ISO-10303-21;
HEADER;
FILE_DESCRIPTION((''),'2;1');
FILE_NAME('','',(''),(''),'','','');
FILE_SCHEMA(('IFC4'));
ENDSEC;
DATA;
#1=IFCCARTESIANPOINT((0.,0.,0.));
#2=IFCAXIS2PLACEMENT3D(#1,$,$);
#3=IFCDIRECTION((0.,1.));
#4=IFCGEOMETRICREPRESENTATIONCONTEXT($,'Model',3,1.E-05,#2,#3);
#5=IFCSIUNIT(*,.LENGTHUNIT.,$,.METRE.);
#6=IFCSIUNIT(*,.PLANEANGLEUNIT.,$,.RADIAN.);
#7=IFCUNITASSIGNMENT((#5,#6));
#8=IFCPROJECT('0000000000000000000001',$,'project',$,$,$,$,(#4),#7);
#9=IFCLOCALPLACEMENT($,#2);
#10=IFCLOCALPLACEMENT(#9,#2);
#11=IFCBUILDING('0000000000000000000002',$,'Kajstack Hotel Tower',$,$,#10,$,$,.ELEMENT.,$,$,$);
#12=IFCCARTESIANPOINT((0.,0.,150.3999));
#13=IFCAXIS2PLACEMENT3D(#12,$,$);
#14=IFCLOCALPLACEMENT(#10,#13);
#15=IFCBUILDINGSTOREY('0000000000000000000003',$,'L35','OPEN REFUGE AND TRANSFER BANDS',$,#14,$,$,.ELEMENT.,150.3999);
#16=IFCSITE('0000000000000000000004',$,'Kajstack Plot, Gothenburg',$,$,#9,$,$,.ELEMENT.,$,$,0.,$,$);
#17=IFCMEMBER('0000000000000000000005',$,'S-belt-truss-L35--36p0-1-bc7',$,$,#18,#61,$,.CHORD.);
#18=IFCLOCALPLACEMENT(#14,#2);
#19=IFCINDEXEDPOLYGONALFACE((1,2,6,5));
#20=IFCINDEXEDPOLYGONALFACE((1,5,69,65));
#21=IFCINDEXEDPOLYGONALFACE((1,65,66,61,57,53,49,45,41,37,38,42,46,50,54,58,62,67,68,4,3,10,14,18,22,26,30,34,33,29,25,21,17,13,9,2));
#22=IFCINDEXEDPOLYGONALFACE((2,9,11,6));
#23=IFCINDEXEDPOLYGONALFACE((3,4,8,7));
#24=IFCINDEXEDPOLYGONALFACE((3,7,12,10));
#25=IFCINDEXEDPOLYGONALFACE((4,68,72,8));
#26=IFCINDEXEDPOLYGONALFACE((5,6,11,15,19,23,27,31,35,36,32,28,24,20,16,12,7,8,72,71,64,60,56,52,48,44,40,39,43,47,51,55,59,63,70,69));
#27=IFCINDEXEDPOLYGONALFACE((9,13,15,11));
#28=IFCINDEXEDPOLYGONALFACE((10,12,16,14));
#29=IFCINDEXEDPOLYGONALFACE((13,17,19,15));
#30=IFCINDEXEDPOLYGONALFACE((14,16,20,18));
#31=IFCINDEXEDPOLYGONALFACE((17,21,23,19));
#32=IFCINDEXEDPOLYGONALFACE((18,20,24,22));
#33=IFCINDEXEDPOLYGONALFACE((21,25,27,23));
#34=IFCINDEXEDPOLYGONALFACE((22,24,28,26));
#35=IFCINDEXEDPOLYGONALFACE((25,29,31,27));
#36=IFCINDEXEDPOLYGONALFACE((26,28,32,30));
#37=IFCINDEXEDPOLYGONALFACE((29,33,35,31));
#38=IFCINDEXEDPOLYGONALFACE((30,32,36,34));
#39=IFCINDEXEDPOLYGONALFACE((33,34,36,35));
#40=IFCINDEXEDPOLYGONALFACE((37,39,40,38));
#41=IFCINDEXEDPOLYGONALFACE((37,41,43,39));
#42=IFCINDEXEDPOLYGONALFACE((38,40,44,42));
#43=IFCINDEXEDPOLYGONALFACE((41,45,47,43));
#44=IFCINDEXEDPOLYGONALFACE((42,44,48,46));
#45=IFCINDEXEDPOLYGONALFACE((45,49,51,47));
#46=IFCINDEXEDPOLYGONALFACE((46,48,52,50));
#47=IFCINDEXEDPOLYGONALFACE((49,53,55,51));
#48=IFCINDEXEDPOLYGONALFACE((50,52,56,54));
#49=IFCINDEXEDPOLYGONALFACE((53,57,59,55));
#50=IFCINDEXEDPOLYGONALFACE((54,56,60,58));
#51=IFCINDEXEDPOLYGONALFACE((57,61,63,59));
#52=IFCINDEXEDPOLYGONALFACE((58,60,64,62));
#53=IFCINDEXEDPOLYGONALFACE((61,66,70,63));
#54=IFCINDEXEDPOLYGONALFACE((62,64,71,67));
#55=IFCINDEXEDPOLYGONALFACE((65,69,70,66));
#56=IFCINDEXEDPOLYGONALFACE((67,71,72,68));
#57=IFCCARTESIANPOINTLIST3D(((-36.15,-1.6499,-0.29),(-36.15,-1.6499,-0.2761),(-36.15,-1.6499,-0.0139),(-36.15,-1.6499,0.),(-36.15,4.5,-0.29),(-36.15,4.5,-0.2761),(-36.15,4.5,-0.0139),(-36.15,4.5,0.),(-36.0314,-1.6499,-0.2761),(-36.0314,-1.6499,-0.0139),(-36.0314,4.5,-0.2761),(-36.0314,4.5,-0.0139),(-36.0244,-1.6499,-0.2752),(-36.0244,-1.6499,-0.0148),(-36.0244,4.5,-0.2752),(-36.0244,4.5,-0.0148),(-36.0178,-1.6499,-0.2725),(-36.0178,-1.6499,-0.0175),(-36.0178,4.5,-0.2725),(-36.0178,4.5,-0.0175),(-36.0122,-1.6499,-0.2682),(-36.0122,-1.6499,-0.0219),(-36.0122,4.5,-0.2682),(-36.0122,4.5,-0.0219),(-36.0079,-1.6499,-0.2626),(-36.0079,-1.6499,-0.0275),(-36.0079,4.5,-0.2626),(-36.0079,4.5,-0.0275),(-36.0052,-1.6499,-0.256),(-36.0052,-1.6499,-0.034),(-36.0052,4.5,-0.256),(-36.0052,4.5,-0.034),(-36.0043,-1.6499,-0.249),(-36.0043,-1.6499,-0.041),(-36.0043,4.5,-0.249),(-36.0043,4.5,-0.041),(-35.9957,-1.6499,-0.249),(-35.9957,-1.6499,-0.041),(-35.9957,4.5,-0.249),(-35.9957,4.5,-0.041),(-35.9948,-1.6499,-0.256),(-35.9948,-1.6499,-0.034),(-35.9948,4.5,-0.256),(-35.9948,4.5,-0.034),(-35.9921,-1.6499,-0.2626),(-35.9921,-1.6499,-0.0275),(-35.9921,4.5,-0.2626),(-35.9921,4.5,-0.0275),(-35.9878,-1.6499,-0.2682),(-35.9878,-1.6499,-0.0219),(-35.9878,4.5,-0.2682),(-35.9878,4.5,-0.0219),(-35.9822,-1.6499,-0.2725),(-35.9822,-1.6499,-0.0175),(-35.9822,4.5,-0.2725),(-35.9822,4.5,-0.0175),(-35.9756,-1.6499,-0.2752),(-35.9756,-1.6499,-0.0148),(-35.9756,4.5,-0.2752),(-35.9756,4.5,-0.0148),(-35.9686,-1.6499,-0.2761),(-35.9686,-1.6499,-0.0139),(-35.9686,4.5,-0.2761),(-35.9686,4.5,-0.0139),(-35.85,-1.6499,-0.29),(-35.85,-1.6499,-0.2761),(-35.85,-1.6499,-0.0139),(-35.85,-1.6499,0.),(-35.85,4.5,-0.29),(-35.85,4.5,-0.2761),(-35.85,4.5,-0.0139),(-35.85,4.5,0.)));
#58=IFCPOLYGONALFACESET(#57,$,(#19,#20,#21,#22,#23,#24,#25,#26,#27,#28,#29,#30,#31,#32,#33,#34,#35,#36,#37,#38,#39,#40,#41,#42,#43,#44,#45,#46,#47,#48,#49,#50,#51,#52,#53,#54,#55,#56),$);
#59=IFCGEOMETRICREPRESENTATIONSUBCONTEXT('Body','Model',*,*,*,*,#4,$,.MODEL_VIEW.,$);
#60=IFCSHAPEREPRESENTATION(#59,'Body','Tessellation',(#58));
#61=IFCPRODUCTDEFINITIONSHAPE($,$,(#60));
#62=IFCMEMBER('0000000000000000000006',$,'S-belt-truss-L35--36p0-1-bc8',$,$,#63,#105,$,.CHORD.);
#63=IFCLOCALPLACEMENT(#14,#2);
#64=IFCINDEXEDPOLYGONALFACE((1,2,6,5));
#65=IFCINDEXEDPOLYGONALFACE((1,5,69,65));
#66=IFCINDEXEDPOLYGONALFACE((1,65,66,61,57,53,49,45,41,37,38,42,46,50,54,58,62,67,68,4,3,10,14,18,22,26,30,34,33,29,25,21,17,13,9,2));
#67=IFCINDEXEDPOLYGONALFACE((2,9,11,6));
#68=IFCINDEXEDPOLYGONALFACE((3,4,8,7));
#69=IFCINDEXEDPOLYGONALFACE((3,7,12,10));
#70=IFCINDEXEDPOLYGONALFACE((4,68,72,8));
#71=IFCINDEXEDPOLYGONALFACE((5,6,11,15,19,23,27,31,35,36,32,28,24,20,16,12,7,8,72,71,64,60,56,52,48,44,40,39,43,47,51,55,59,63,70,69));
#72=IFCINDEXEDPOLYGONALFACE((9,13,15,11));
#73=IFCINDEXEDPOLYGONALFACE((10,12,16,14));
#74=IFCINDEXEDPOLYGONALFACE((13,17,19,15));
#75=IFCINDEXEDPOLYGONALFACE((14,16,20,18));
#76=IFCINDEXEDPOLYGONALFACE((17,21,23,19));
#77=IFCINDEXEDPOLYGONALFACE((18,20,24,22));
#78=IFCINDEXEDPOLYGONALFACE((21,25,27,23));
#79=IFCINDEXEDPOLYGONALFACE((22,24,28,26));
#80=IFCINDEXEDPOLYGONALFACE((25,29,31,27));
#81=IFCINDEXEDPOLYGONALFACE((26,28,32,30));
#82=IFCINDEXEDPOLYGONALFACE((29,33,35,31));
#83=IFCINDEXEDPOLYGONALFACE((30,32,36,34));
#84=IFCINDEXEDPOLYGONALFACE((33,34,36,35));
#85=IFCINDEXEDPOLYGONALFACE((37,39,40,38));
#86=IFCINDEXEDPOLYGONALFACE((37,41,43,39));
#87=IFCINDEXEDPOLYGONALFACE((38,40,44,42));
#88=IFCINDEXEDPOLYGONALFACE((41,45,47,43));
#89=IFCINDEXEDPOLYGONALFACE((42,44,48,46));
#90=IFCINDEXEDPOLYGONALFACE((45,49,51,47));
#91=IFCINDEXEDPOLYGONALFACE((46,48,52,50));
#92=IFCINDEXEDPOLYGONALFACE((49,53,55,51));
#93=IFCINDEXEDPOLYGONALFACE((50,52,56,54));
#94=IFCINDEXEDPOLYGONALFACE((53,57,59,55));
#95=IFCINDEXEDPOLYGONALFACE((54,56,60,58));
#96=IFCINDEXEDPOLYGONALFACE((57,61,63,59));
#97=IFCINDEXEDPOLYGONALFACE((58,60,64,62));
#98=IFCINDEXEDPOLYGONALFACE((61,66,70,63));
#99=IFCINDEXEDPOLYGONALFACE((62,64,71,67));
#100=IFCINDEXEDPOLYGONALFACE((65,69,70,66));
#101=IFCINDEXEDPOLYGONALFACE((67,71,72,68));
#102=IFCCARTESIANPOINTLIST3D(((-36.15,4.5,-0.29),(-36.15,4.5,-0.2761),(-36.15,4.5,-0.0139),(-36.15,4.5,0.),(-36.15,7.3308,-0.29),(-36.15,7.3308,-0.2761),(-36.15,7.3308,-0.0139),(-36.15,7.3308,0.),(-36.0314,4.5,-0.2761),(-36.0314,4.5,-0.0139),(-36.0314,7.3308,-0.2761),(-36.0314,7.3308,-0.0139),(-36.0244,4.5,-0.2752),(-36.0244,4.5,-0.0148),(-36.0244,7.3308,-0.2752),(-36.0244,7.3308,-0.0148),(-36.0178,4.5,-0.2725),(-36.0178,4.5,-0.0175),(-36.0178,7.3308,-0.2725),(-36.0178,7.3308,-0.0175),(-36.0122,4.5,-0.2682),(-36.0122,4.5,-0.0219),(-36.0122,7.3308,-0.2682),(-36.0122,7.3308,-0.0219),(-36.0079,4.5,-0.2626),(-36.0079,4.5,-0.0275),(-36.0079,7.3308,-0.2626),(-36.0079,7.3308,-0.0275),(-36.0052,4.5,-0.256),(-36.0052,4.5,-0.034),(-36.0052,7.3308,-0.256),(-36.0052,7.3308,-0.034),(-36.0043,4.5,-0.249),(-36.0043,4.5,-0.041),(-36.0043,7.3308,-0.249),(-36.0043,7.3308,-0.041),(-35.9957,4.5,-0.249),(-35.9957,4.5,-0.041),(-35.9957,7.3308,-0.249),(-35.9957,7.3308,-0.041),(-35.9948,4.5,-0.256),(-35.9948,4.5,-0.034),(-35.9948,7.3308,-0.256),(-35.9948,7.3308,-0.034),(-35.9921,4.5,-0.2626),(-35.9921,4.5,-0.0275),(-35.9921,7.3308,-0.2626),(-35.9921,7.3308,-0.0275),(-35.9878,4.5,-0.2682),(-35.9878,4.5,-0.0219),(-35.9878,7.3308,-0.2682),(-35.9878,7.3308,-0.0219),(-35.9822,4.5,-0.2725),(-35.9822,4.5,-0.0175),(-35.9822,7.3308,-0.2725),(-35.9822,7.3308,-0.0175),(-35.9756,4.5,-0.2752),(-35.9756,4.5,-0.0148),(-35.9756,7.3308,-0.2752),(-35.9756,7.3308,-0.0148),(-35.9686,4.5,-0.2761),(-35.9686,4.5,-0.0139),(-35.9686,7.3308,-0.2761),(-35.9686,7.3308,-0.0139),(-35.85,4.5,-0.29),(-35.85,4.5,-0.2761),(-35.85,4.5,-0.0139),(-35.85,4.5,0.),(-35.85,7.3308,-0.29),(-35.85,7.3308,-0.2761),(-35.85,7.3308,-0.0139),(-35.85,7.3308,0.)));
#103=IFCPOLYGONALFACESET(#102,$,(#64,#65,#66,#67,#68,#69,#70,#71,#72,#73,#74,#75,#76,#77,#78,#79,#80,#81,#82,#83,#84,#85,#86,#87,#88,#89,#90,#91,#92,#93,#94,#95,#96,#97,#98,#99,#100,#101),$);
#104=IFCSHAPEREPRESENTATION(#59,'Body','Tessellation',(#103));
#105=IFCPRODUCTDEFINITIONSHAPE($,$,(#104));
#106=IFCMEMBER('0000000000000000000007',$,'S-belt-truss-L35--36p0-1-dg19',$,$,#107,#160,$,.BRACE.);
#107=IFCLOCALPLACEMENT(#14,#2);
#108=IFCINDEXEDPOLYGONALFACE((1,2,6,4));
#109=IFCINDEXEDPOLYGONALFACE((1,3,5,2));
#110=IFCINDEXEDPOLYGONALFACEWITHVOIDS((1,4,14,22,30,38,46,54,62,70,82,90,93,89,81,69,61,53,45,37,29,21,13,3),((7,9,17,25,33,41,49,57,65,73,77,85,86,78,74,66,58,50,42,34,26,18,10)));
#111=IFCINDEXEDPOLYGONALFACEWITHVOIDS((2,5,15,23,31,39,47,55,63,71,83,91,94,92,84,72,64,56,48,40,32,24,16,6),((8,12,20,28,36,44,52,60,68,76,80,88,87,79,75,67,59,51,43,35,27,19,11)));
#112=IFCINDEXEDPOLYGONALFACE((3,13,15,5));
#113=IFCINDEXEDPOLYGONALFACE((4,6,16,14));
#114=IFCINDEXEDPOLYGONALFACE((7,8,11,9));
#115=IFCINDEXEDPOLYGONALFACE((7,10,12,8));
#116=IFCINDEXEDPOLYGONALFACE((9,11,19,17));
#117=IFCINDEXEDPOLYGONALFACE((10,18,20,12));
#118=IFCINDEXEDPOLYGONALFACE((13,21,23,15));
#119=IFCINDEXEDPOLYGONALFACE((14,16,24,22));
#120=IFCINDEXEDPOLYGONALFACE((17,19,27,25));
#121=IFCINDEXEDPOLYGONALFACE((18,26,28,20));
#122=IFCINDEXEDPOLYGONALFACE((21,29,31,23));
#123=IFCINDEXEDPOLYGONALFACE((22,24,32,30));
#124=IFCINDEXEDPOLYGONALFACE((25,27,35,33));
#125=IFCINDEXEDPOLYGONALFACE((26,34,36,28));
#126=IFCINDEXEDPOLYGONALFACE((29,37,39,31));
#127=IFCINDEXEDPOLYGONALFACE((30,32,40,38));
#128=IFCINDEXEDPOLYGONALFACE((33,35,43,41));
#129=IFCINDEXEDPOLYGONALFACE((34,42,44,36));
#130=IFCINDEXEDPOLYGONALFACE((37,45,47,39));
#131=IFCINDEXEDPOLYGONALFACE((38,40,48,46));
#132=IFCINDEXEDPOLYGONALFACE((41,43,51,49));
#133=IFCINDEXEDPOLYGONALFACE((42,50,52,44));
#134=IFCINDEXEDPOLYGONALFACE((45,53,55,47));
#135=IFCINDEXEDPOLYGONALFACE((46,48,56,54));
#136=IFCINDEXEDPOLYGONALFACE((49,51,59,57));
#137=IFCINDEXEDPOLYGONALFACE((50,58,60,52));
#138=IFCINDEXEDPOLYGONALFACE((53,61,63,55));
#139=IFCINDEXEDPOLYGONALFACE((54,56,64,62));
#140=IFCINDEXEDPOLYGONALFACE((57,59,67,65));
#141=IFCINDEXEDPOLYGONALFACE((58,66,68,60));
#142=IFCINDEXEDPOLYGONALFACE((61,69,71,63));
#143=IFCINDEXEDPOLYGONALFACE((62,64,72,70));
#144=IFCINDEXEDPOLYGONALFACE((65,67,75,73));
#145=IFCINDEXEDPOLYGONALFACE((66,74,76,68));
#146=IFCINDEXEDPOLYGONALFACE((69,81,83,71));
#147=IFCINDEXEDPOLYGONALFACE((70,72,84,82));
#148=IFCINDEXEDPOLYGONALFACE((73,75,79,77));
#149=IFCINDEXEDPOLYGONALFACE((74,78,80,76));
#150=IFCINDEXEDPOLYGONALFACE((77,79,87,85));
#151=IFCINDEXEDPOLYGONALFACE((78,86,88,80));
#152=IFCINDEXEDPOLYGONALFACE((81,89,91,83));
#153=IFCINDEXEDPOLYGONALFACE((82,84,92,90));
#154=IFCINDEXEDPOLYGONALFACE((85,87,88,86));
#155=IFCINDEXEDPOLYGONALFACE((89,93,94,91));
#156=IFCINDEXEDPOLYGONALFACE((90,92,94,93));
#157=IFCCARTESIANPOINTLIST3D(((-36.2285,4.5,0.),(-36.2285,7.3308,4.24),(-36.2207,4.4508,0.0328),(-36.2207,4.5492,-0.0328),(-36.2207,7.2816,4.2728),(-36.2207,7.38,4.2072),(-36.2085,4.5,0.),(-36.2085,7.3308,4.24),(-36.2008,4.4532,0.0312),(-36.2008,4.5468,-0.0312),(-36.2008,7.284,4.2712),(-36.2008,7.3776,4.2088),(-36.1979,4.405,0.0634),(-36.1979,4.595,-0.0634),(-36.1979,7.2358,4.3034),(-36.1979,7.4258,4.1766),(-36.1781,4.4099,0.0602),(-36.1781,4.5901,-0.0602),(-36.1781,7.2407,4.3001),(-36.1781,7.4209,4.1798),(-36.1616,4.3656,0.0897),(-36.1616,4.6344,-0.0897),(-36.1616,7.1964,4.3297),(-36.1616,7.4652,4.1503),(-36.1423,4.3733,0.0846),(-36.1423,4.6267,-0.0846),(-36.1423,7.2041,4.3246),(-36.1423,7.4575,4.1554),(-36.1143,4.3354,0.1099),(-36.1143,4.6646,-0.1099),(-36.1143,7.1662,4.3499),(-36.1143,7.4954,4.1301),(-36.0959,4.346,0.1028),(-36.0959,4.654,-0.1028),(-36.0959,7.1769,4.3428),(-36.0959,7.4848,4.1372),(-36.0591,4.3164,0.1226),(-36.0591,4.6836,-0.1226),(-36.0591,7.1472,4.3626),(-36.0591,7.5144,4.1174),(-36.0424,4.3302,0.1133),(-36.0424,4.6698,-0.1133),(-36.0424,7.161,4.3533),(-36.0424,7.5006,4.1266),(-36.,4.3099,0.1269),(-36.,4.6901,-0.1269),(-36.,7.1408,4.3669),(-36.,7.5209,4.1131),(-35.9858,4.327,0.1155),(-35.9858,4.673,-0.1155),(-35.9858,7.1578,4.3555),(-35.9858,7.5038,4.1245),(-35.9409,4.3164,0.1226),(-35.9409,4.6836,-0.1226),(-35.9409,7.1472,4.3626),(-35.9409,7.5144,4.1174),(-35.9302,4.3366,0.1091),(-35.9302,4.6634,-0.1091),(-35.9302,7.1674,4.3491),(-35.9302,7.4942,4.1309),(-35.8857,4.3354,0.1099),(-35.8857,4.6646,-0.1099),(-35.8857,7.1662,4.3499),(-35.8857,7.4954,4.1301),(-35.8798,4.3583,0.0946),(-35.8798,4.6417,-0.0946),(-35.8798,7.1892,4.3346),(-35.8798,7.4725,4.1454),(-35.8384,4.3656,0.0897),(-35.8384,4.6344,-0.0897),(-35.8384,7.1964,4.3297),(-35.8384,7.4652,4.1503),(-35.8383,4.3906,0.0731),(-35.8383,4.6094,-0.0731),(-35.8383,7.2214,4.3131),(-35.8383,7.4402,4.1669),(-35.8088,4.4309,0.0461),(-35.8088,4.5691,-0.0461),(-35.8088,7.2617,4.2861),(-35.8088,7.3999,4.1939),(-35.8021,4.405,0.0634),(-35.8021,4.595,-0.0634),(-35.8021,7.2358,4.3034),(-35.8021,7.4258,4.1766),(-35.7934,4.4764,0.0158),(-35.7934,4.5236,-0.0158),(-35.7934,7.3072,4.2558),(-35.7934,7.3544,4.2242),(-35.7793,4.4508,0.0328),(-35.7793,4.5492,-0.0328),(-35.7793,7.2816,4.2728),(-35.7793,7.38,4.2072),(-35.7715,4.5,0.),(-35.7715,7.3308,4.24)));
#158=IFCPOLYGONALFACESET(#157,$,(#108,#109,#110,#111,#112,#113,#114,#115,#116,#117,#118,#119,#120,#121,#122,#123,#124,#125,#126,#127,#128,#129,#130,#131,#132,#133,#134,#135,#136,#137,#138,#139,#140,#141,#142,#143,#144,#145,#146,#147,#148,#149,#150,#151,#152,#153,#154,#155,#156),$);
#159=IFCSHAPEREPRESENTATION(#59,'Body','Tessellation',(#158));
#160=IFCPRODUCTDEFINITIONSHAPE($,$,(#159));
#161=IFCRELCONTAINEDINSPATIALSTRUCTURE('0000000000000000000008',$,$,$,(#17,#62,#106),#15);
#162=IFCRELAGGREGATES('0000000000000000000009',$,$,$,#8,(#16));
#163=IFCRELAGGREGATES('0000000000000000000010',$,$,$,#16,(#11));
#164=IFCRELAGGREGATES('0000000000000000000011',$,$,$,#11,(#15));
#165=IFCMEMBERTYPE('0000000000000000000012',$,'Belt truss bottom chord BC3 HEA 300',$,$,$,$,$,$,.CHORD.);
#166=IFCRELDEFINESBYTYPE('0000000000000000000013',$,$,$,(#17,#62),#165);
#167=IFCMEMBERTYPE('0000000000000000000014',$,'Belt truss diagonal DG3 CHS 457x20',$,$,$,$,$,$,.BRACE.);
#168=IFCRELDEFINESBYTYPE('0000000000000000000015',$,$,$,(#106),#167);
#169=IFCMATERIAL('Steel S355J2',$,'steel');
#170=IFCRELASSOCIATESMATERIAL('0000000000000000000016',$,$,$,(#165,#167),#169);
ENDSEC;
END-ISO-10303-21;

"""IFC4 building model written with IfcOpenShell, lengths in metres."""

from ifc_helpers import new_model, si_unit, direction, frame, origin, origin_2d, place, context, subcontext, project, spatial, hollow_circle, i_section, extrude, material, material_profile, profile_set, type_object, element, save


model = new_model("IFC4")

# Units and contexts
model_context = context("Model", 3, precision=1e-05, world=origin(), true_north=direction((0.0, 1.0)))
body_context = subcontext(model_context, "Body", "Model", "MODEL_VIEW")
ifc_project = project(units=[si_unit("LENGTHUNIT", "METRE"), si_unit("PLANEANGLEUNIT", "RADIAN")], contexts=[model_context])

# Site, building, storey
site_placement = place(None, origin())
site = spatial("IfcSite", under=ifc_project, at=site_placement, Name="Kajstack Plot, Gothenburg", CompositionType="ELEMENT", RefElevation=0.0)
building_placement = place(site_placement, origin())
building = spatial("IfcBuilding", under=site, at=building_placement, Name="Kajstack Hotel Tower", CompositionType="ELEMENT")
storey_placement = place(building_placement, frame((0.0, 0.0, 150.3999)))
storey = spatial("IfcBuildingStorey", under=building, at=storey_placement, Name="L35", Description="OPEN REFUGE AND TRANSFER BANDS", CompositionType="ELEMENT", Elevation=150.3999)

# Members
ifc_material_1 = material(Name="Steel S355J2", Category="steel")
ifc_material_profile_1 = material_profile(ifc_material_1, i_section(OverallWidth=0.3, OverallDepth=0.29, WebThickness=0.0085, FlangeThickness=0.0139, FilletRadius=0.0271, at=origin_2d()), Name="HEA 300")
ifc_profile_set_1 = profile_set([ifc_material_profile_1], Name="Steel S355J2")
member_type_1 = type_object("IfcMemberType", Name="Belt truss bottom chord BC3 HEA 300", PredefinedType="CHORD", material=ifc_profile_set_1)
member_1_placement = place(storey_placement, frame((-36.0, -1.6499, -0.145), z_axis=(0.0, 1.0, 0.0), x_axis=(-1.0, 0.0, 0.0)))
element("IfcMember", 1, at=member_1_placement, inside=storey, type_object=member_type_1, Name="S-belt-truss-L35--36p0-1-bc7", PredefinedType="CHORD", context=body_context, shape_type="SweptSolid", body=[
    extrude(i_section(OverallWidth=0.3, OverallDepth=0.29, WebThickness=0.0085, FlangeThickness=0.0139, FilletRadius=0.0271, at=origin_2d()), origin(), (0.0, 0.0, 1.0), 6.1499),
])
member_2_placement = place(storey_placement, frame((-36.0, 4.5, -0.145), z_axis=(0.0, 1.0, 0.0), x_axis=(-1.0, 0.0, 0.0)))
element("IfcMember", 2, at=member_2_placement, inside=storey, type_object=member_type_1, Name="S-belt-truss-L35--36p0-1-bc8", PredefinedType="CHORD", context=body_context, shape_type="SweptSolid", body=[
    extrude(i_section(OverallWidth=0.3, OverallDepth=0.29, WebThickness=0.0085, FlangeThickness=0.0139, FilletRadius=0.0271, at=origin_2d()), origin(), (0.0, 0.0, 1.0), 2.8308),
])
ifc_material_profile_2 = material_profile(ifc_material_1, hollow_circle(Radius=0.2285, WallThickness=0.02, at=origin_2d()), Name="CHS 457x20")
ifc_profile_set_2 = profile_set([ifc_material_profile_2], Name="Steel S355J2")
member_type_2 = type_object("IfcMemberType", Name="Belt truss diagonal DG3 CHS 457x20", PredefinedType="BRACE", material=ifc_profile_set_2)
member_3_placement = place(storey_placement, frame((-36.0, 4.5, 0.0), z_axis=(0.0, 0.555264, 0.831674), x_axis=(-1.0, 0.0, 0.0)))
element("IfcMember", 3, at=member_3_placement, inside=storey, type_object=member_type_2, Name="S-belt-truss-L35--36p0-1-dg19", PredefinedType="BRACE", context=body_context, shape_type="SweptSolid", body=[
    extrude(hollow_circle(Radius=0.2285, WallThickness=0.02, at=origin_2d()), origin(), (0.0, 0.0, 1.0), 5.0981),
])

save(model, "model.ifc")
